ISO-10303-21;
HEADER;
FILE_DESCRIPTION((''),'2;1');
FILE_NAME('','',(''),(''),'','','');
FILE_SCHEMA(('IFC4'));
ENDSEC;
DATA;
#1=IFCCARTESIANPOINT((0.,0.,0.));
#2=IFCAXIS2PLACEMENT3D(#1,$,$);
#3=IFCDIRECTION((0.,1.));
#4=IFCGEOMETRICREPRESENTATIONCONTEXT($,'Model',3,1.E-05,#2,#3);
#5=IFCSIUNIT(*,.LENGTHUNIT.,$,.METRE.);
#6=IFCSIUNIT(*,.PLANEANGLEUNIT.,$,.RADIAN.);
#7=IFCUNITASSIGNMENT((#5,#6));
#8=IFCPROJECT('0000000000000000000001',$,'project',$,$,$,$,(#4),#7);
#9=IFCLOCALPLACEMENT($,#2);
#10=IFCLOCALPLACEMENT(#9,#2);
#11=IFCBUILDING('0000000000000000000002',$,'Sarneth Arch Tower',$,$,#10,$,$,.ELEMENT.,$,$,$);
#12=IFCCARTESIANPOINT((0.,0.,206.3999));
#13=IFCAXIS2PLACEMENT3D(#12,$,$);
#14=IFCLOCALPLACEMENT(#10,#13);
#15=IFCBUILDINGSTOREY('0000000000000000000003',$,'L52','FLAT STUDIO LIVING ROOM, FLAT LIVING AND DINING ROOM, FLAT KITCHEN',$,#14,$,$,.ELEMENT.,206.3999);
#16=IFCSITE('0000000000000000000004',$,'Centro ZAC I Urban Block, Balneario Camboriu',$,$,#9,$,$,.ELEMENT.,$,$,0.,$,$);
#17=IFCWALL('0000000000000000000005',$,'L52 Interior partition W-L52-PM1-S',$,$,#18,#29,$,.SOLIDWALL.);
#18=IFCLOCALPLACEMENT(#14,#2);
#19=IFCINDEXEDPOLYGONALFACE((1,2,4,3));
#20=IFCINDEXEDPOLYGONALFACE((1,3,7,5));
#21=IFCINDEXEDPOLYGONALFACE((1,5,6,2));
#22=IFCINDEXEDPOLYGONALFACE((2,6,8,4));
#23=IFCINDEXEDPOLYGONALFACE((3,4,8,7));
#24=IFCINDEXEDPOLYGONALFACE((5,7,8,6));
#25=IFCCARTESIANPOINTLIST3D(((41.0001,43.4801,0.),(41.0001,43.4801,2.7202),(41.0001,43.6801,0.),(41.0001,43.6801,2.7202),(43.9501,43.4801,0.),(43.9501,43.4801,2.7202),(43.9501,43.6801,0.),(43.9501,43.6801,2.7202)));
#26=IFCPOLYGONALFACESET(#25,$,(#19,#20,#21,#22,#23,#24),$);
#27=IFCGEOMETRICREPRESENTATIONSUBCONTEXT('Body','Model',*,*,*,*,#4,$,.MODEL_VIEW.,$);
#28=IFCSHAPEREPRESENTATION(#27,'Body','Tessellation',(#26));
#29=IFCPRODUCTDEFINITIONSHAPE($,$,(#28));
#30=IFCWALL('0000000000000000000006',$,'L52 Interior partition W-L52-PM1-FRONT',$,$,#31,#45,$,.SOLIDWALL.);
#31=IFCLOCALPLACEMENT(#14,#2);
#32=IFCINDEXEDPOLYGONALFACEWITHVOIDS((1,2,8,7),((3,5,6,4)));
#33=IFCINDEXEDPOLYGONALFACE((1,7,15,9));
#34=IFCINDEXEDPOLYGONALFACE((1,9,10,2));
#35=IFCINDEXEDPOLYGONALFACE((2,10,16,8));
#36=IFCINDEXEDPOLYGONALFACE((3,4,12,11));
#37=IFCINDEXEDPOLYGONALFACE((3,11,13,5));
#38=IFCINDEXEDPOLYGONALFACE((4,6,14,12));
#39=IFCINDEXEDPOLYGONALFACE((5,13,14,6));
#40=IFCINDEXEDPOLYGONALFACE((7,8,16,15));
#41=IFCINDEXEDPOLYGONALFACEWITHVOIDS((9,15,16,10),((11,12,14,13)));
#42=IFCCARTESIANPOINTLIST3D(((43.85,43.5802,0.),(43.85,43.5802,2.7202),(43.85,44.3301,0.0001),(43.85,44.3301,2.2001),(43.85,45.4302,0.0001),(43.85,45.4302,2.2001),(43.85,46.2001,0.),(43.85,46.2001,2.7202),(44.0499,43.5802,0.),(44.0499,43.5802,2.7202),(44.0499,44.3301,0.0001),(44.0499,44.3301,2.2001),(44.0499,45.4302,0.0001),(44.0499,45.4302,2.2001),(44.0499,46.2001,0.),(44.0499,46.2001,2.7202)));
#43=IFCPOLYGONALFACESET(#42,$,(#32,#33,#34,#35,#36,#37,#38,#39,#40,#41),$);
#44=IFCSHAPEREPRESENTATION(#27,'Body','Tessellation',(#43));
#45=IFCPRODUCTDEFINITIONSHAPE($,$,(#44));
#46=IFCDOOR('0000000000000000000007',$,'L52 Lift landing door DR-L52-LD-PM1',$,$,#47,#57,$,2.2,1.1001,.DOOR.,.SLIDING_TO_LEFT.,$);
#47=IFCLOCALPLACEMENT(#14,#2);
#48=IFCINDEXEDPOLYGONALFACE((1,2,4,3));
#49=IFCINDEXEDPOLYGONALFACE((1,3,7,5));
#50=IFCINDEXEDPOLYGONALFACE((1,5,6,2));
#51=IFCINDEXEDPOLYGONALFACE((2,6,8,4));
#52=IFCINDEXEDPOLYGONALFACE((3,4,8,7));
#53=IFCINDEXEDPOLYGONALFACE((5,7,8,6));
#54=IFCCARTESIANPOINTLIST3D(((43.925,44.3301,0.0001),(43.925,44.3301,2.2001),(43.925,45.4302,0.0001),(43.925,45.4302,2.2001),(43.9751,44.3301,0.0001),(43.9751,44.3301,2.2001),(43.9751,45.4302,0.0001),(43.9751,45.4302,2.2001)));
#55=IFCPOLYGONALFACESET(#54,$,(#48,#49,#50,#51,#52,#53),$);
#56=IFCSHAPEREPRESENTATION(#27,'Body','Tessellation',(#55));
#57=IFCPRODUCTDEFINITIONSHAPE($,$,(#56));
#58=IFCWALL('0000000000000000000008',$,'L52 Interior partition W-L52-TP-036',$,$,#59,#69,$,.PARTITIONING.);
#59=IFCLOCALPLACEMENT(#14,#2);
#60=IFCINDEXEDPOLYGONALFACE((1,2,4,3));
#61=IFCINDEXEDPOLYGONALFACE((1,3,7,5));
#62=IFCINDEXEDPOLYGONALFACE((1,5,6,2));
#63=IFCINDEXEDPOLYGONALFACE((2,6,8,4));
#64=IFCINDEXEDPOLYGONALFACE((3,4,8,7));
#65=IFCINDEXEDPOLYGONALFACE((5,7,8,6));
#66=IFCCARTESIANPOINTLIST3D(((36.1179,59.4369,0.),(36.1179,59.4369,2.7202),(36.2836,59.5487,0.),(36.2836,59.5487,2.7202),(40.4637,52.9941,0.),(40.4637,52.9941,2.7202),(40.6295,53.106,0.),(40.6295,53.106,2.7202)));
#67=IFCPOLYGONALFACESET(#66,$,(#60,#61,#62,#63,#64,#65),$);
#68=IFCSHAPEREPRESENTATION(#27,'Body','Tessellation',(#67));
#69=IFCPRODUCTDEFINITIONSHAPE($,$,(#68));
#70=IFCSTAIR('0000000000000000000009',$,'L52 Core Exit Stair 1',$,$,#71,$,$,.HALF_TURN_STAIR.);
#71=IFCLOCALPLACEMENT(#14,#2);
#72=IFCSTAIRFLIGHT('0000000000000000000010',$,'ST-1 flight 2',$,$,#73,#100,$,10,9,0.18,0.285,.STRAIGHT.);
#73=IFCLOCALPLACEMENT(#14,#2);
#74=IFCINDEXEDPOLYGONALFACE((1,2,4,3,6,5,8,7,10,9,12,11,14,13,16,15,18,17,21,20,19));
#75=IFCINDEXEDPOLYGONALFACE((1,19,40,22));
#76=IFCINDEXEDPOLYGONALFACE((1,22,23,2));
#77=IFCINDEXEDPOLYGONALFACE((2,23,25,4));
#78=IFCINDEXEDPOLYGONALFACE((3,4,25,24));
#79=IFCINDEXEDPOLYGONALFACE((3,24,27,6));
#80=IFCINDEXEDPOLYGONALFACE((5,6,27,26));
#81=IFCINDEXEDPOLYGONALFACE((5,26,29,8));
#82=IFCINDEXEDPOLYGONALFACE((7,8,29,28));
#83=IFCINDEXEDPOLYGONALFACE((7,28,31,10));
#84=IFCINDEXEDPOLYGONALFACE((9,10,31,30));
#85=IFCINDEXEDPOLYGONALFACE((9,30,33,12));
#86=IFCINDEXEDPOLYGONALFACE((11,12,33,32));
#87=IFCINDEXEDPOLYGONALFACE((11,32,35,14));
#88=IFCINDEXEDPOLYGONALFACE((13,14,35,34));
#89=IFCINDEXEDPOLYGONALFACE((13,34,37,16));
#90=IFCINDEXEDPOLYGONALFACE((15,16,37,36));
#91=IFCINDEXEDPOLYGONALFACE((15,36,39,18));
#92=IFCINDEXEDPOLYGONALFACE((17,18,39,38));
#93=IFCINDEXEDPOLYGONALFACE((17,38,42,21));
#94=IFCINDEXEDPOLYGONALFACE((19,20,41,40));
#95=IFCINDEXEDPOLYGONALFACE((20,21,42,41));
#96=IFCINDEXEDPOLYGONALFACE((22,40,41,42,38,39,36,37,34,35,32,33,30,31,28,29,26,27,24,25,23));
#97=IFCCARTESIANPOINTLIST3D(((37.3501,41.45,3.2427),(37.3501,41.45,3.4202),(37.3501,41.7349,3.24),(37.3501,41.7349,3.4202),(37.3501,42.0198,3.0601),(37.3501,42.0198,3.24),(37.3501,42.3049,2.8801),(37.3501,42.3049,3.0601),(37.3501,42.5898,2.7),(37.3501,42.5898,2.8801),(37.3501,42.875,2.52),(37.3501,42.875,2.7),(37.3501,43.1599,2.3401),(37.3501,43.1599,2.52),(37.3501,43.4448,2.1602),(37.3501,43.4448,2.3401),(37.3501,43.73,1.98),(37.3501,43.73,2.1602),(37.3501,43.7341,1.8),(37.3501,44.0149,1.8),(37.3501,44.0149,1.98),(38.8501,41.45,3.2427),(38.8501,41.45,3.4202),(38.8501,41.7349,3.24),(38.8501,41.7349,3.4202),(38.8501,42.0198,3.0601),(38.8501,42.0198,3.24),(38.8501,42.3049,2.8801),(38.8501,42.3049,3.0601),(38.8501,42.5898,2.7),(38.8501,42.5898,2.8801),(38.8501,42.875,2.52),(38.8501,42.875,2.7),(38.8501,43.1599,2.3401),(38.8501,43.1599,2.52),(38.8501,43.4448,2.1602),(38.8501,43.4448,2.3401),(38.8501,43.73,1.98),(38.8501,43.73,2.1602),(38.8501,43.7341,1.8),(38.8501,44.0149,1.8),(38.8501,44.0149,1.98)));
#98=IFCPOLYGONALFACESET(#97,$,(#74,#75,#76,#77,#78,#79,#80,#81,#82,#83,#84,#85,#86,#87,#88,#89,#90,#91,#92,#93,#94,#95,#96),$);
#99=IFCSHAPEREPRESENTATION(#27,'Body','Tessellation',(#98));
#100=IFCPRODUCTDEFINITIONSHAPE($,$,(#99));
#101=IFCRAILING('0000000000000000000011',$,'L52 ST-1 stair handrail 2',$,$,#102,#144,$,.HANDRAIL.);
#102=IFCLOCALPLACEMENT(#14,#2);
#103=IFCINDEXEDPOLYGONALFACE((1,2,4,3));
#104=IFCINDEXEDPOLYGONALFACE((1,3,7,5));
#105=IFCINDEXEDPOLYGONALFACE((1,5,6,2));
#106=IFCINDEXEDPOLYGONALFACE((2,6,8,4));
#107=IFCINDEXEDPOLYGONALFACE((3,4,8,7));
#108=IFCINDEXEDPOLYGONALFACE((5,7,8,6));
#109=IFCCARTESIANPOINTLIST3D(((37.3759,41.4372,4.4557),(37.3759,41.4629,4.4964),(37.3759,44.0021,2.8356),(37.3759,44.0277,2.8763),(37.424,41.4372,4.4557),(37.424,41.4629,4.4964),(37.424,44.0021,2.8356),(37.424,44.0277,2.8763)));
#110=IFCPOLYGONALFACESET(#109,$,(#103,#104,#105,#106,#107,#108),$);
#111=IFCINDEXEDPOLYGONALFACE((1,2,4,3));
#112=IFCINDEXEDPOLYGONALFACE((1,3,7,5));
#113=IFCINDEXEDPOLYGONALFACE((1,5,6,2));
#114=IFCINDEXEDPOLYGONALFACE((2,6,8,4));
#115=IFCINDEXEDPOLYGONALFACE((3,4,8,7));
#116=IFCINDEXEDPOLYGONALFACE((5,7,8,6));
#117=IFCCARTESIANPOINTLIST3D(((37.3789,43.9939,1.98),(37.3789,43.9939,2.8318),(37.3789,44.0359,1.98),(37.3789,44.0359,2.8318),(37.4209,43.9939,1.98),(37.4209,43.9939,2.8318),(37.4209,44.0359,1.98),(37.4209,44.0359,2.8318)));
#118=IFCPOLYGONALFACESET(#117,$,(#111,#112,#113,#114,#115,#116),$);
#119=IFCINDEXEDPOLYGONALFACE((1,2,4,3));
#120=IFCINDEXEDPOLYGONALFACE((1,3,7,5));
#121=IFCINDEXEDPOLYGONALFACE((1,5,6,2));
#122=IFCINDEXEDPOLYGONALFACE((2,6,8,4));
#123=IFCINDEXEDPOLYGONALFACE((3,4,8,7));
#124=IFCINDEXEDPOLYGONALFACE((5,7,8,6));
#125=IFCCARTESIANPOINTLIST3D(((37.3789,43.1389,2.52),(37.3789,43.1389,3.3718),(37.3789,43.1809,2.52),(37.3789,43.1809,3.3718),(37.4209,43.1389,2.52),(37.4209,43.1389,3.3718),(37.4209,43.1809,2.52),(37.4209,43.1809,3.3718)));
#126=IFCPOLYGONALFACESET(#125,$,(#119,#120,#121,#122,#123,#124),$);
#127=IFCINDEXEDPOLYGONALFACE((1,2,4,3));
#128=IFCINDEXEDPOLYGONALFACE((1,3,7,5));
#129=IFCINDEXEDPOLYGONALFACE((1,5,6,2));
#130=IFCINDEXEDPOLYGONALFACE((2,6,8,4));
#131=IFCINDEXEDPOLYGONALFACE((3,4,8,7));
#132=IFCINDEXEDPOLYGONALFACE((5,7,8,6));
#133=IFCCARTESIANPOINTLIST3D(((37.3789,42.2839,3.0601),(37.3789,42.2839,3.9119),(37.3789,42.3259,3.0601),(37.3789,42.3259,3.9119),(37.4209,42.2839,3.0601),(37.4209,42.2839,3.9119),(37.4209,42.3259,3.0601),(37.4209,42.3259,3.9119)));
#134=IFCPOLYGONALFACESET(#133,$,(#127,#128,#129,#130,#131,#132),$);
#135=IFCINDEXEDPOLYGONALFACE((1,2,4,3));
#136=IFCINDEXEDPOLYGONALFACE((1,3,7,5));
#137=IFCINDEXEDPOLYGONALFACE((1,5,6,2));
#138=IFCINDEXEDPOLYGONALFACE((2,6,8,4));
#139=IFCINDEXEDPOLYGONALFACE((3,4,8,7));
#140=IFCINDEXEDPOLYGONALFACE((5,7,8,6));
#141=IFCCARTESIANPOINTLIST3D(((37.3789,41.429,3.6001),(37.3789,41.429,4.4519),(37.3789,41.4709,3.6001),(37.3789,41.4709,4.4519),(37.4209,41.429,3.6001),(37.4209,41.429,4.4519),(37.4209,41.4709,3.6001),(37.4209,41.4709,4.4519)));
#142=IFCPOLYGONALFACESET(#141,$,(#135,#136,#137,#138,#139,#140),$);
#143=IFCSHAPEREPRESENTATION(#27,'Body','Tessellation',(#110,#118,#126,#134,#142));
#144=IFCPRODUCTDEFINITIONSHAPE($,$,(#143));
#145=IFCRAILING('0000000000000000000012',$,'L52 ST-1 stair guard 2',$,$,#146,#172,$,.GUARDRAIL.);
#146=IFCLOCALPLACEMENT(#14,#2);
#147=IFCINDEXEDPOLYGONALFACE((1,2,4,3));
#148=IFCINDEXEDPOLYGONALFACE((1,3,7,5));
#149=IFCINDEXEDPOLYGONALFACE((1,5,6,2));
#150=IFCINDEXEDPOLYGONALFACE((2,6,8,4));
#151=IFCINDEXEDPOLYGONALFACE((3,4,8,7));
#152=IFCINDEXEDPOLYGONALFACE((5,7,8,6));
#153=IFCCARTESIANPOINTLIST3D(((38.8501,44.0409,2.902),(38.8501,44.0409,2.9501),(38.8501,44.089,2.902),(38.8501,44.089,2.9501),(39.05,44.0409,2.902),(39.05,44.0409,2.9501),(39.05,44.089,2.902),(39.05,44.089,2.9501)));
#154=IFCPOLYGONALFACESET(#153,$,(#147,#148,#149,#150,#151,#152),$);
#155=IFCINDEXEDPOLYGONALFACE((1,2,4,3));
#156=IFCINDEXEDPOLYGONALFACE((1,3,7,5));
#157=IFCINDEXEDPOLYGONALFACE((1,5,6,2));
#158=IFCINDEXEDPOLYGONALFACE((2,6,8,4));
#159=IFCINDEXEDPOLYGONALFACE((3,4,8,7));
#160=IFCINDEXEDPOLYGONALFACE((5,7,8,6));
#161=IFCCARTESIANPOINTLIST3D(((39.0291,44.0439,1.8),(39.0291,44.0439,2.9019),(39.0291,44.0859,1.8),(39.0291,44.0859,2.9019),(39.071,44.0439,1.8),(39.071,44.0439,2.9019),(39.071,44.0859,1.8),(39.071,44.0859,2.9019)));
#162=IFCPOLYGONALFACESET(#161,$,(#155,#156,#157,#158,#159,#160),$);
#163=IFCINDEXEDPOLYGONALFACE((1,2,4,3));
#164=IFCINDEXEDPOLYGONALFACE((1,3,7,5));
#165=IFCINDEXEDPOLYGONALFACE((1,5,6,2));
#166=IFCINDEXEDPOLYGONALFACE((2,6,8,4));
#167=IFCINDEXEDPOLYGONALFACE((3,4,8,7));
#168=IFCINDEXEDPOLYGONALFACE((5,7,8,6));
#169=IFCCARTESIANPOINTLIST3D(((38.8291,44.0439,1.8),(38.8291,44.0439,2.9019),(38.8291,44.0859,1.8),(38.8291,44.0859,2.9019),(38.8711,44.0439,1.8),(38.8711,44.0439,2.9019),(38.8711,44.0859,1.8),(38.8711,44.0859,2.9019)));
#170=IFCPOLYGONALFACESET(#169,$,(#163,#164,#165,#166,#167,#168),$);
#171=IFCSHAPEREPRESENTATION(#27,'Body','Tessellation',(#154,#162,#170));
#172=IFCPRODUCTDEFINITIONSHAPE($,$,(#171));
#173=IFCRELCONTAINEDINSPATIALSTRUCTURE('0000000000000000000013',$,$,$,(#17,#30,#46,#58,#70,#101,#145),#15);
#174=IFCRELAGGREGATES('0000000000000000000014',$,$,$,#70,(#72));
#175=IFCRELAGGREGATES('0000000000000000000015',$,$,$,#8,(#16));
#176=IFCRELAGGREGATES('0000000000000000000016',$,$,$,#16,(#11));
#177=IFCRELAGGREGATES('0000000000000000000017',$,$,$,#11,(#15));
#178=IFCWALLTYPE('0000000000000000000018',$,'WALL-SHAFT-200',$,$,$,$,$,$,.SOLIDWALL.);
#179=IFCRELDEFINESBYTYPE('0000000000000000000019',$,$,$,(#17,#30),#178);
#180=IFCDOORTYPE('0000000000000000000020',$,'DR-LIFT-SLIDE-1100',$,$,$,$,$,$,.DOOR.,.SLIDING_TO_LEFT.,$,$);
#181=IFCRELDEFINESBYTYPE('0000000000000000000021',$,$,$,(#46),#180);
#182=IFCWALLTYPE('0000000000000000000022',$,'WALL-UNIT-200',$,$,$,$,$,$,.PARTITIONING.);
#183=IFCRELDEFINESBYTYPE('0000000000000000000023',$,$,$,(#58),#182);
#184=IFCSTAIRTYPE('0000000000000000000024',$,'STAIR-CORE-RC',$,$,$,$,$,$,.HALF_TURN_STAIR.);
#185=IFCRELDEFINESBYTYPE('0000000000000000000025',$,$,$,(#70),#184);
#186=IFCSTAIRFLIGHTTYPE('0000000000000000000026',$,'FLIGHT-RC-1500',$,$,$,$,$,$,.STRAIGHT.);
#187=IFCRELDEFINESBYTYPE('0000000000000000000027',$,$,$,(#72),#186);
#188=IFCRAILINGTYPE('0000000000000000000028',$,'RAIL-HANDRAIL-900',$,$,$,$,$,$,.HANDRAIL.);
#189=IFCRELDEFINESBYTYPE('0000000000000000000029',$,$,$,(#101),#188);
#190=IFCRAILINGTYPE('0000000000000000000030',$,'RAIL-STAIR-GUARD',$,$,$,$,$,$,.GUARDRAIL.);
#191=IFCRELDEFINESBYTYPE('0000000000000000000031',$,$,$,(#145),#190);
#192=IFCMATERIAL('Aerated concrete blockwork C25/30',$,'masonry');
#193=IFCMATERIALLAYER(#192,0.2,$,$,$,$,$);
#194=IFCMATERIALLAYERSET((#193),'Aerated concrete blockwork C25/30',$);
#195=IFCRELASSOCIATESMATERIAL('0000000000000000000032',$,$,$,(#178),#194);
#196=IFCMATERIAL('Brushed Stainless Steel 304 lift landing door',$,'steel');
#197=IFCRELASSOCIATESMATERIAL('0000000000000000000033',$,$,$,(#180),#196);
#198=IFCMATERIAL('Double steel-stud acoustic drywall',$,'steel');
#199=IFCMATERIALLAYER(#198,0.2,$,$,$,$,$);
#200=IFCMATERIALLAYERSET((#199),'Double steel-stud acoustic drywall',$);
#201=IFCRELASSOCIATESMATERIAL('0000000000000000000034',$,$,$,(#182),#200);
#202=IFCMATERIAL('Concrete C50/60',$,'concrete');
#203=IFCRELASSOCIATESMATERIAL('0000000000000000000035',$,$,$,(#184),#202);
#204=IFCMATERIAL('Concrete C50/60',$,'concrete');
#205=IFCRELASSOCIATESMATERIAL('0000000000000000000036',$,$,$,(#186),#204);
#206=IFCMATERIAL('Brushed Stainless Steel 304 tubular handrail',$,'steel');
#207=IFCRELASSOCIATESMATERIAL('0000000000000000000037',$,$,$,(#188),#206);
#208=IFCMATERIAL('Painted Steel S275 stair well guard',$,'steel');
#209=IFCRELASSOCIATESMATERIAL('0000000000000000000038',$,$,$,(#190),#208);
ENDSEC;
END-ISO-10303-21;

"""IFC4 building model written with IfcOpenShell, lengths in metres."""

from ifc_helpers import new_model, si_unit, direction, frame, frame_2d, origin, origin_2d, place, context, subcontext, project, spatial, polyline, rectangle, outline, extrude, material, layer, layer_set, type_object, element, fill, aggregate, save


model = new_model("IFC4")

# Units and contexts
model_context = context("Model", 3, precision=1e-05, world=origin(), true_north=direction((0.0, 1.0)))
body_context = subcontext(model_context, "Body", "Model", "MODEL_VIEW")
ifc_project = project(units=[si_unit("LENGTHUNIT", "METRE"), si_unit("PLANEANGLEUNIT", "RADIAN")], contexts=[model_context])

# Site, building, storey
site_placement = place(None, origin())
site = spatial("IfcSite", under=ifc_project, at=site_placement, Name="Centro ZAC I Urban Block, Balneario Camboriu", CompositionType="ELEMENT", RefElevation=0.0)
building_placement = place(site_placement, origin())
building = spatial("IfcBuilding", under=site, at=building_placement, Name="Sarneth Arch Tower", CompositionType="ELEMENT")
storey_placement = place(building_placement, frame((0.0, 0.0, 206.3999)))
storey = spatial("IfcBuildingStorey", under=building, at=storey_placement, Name="L52", Description="FLAT STUDIO LIVING ROOM, FLAT LIVING AND DINING ROOM, FLAT KITCHEN", CompositionType="ELEMENT", Elevation=206.3999)

# Shared definitions
ifc_material_1 = material(Name="Aerated concrete blockwork C25/30", Category="masonry")
ifc_layer_1 = layer(ifc_material_1, 0.2)
ifc_layer_set_1 = layer_set([ifc_layer_1], Name="Aerated concrete blockwork C25/30")
wall_type_1 = type_object("IfcWallType", Name="WALL-SHAFT-200", PredefinedType="SOLIDWALL", material=ifc_layer_set_1)

# Wall
wall_1_placement = place(storey_placement, frame((41.0, 43.5801, 0.0), z_axis=(0.0, 0.0, 1.0), x_axis=(1.0, 0.0, 0.0)))
element("IfcWall", 1, at=wall_1_placement, inside=storey, type_object=wall_type_1, Name="L52 Interior partition W-L52-PM1-S", PredefinedType="SOLIDWALL", context=body_context, shape_type="SweptSolid", body=[
    extrude(rectangle(XDim=2.95, YDim=0.2, at=frame_2d((1.4751, 0.0))), origin(), (0.0, 0.0, 1.0), 2.7202),
])

# Wall, opening, door
wall_2_placement = place(storey_placement, frame((43.95, 43.5801, 0.0), z_axis=(0.0, 0.0, 1.0), x_axis=(0.0, 1.0, 0.0)))
wall_2 = element("IfcWall", 2, at=wall_2_placement, inside=storey, type_object=wall_type_1, Name="L52 Interior partition W-L52-PM1-FRONT", PredefinedType="SOLIDWALL", context=body_context, shape_type="SweptSolid", body=[
    extrude(rectangle(XDim=2.6199, YDim=0.2, at=frame_2d((1.3101, 0.0))), origin(), (0.0, 0.0, 1.0), 2.7202),
])
opening_1_placement = place(wall_2_placement, frame((0.75, 0.0, 0.0)))
opening_1 = element("IfcOpeningElement", 3, at=opening_1_placement, cuts=wall_2, PredefinedType="OPENING", context=body_context, shape_type="SweptSolid", body=[
    extrude(rectangle(XDim=1.1001, YDim=2.2, at=frame_2d((0.55, 1.1001))), frame((0.0, 0.1099, 0.0), z_axis=(0.0, -1.0, 0.0), x_axis=(1.0, 0.0, 0.0)), (0.0, 0.0, 1.0), 0.22),
])
ifc_material_2 = material(Name="Brushed Stainless Steel 304 lift landing door", Category="steel")
door_type_1 = type_object("IfcDoorType", Name="DR-LIFT-SLIDE-1100", OperationType="SLIDING_TO_LEFT", PredefinedType="DOOR", material=ifc_material_2)
door_1_placement = place(opening_1_placement, origin())
door_1 = element("IfcDoor", 4, at=door_1_placement, inside=storey, type_object=door_type_1, Name="L52 Lift landing door DR-L52-LD-PM1", OperationType="SLIDING_TO_LEFT", OverallHeight=2.2, OverallWidth=1.1001, PredefinedType="DOOR", context=body_context, shape_type="SweptSolid", body=[
    extrude(rectangle(XDim=1.1001, YDim=2.2, at=frame_2d((0.55, 1.1001))), frame((0.0, 0.0249, 0.0), z_axis=(0.0, -1.0, 0.0), x_axis=(1.0, 0.0, 0.0)), (0.0, 0.0, 1.0), 0.05),
])
fill(opening_1, door_1)

# Wall
ifc_material_3 = material(Name="Double steel-stud acoustic drywall", Category="steel")
ifc_layer_2 = layer(ifc_material_3, 0.2)
ifc_layer_set_2 = layer_set([ifc_layer_2], Name="Double steel-stud acoustic drywall")
wall_type_2 = type_object("IfcWallType", Name="WALL-UNIT-200", PredefinedType="PARTITIONING", material=ifc_layer_set_2)
wall_3_placement = place(storey_placement, frame((40.5466, 53.05, 0.0), z_axis=(0.0, 0.0, 1.0), x_axis=(-0.559208, 0.829027, 0.0)))
element("IfcWall", 5, at=wall_3_placement, inside=storey, type_object=wall_type_2, Name="L52 Interior partition W-L52-TP-036", PredefinedType="PARTITIONING", context=body_context, shape_type="SweptSolid", body=[
    extrude(rectangle(XDim=7.7715, YDim=0.2, at=frame_2d((3.8857, 0.0))), origin(), (0.0, 0.0, 1.0), 2.7202),
])

# Stair, stair flight
ifc_material_4 = material(Name="Concrete C50/60", Category="concrete")
stair_type = type_object("IfcStairType", Name="STAIR-CORE-RC", PredefinedType="HALF_TURN_STAIR", material=ifc_material_4)
stair_placement = place(storey_placement, origin())
stair = element("IfcStair", 6, at=stair_placement, inside=storey, type_object=stair_type, Name="L52 Core Exit Stair 1", PredefinedType="HALF_TURN_STAIR")
ifc_material_5 = material(Name="Concrete C50/60", Category="concrete")
stair_flight_type = type_object("IfcStairFlightType", Name="FLIGHT-RC-1500", PredefinedType="STRAIGHT", material=ifc_material_5)
stair_flight_placement = place(storey_placement, frame((38.1001, 44.0149, 1.8), z_axis=(0.0, 0.0, 1.0), x_axis=(0.0, -1.0, 0.0)))
stair_flight = element("IfcStairFlight", 7, at=stair_flight_placement, type_object=stair_flight_type, Name="ST-1 flight 2", NumberOfRisers=10, NumberOfTreads=9, PredefinedType="STRAIGHT", RiserHeight=0.18, TreadLength=0.285, context=body_context, shape_type="SweptSolid", body=[
    extrude(outline(polyline([(0.0, 0.0), (0.0, 0.1799), (0.2849, 0.1799), (0.2849, 0.3601), (0.5701, 0.3601), (0.5701, 0.54), (0.855, 0.54), (0.855, 0.72), (1.1399, 0.72), (1.1399, 0.8999), (1.425, 0.8999), (1.425, 1.0801), (1.71, 1.0801), (1.71, 1.26), (1.9951, 1.26), (1.9951, 1.4399), (2.28, 1.4399), (2.28, 1.6201), (2.5649, 1.6201), (2.5649, 1.8), (2.5649, 1.4426), (0.2808, 0.0), (0.0, 0.0)])), frame((0.0, 0.75, 0.0), z_axis=(0.0, -1.0, 0.0), x_axis=(1.0, 0.0, 0.0)), (0.0, 0.0, 1.0), 1.5),
])
aggregate(stair, [stair_flight])

# Railings
ifc_material_6 = material(Name="Brushed Stainless Steel 304 tubular handrail", Category="steel")
railing_type_1 = type_object("IfcRailingType", Name="RAIL-HANDRAIL-900", PredefinedType="HANDRAIL", material=ifc_material_6)
railing_1_placement = place(storey_placement, frame((37.3999, 44.0149, 1.98)))
element("IfcRailing", 8, at=railing_1_placement, inside=storey, type_object=railing_type_1, Name="L52 ST-1 stair handrail 2", PredefinedType="HANDRAIL", context=body_context, shape_type="SweptSolid", body=[
    extrude(rectangle(XDim=0.0481, YDim=0.0481, at=origin_2d()), frame((0.0, 0.0, 0.876), z_axis=(0.0, -0.845466, 0.534029), x_axis=(1.0, 0.0, 0.0)), (0.0, 0.0, 1.0), 3.0337),
    extrude(rectangle(XDim=0.042, YDim=0.042, at=origin_2d()), origin(), (0.0, 0.0, 1.0), 0.8518),
    extrude(rectangle(XDim=0.042, YDim=0.042, at=origin_2d()), frame((0.0, -0.855, 0.54)), (0.0, 0.0, 1.0), 0.8518),
    extrude(rectangle(XDim=0.042, YDim=0.042, at=origin_2d()), frame((0.0, -1.71, 1.0801)), (0.0, 0.0, 1.0), 0.8518),
    extrude(rectangle(XDim=0.042, YDim=0.042, at=origin_2d()), frame((0.0, -2.5649, 1.6201)), (0.0, 0.0, 1.0), 0.8518),
])
ifc_material_7 = material(Name="Painted Steel S275 stair well guard", Category="steel")
railing_type_2 = type_object("IfcRailingType", Name="RAIL-STAIR-GUARD", PredefinedType="GUARDRAIL", material=ifc_material_7)
railing_2_placement = place(storey_placement, frame((39.05, 44.0649, 1.8)))
element("IfcRailing", 9, at=railing_2_placement, inside=storey, type_object=railing_type_2, Name="L52 ST-1 stair guard 2", PredefinedType="GUARDRAIL", context=body_context, shape_type="SweptSolid", body=[
    extrude(rectangle(XDim=0.0481, YDim=0.0481, at=origin_2d()), frame((0.0, 0.0, 1.126), z_axis=(-1.0, 0.0, 0.0), x_axis=(0.0, -1.0, 0.0)), (0.0, 0.0, 1.0), 0.2),
    extrude(rectangle(XDim=0.042, YDim=0.042, at=origin_2d()), origin(), (0.0, 0.0, 1.0), 1.1018),
    extrude(rectangle(XDim=0.042, YDim=0.042, at=origin_2d()), frame((-0.2, 0.0, 0.0)), (0.0, 0.0, 1.0), 1.1018),
])

save(model, "model.ifc")
